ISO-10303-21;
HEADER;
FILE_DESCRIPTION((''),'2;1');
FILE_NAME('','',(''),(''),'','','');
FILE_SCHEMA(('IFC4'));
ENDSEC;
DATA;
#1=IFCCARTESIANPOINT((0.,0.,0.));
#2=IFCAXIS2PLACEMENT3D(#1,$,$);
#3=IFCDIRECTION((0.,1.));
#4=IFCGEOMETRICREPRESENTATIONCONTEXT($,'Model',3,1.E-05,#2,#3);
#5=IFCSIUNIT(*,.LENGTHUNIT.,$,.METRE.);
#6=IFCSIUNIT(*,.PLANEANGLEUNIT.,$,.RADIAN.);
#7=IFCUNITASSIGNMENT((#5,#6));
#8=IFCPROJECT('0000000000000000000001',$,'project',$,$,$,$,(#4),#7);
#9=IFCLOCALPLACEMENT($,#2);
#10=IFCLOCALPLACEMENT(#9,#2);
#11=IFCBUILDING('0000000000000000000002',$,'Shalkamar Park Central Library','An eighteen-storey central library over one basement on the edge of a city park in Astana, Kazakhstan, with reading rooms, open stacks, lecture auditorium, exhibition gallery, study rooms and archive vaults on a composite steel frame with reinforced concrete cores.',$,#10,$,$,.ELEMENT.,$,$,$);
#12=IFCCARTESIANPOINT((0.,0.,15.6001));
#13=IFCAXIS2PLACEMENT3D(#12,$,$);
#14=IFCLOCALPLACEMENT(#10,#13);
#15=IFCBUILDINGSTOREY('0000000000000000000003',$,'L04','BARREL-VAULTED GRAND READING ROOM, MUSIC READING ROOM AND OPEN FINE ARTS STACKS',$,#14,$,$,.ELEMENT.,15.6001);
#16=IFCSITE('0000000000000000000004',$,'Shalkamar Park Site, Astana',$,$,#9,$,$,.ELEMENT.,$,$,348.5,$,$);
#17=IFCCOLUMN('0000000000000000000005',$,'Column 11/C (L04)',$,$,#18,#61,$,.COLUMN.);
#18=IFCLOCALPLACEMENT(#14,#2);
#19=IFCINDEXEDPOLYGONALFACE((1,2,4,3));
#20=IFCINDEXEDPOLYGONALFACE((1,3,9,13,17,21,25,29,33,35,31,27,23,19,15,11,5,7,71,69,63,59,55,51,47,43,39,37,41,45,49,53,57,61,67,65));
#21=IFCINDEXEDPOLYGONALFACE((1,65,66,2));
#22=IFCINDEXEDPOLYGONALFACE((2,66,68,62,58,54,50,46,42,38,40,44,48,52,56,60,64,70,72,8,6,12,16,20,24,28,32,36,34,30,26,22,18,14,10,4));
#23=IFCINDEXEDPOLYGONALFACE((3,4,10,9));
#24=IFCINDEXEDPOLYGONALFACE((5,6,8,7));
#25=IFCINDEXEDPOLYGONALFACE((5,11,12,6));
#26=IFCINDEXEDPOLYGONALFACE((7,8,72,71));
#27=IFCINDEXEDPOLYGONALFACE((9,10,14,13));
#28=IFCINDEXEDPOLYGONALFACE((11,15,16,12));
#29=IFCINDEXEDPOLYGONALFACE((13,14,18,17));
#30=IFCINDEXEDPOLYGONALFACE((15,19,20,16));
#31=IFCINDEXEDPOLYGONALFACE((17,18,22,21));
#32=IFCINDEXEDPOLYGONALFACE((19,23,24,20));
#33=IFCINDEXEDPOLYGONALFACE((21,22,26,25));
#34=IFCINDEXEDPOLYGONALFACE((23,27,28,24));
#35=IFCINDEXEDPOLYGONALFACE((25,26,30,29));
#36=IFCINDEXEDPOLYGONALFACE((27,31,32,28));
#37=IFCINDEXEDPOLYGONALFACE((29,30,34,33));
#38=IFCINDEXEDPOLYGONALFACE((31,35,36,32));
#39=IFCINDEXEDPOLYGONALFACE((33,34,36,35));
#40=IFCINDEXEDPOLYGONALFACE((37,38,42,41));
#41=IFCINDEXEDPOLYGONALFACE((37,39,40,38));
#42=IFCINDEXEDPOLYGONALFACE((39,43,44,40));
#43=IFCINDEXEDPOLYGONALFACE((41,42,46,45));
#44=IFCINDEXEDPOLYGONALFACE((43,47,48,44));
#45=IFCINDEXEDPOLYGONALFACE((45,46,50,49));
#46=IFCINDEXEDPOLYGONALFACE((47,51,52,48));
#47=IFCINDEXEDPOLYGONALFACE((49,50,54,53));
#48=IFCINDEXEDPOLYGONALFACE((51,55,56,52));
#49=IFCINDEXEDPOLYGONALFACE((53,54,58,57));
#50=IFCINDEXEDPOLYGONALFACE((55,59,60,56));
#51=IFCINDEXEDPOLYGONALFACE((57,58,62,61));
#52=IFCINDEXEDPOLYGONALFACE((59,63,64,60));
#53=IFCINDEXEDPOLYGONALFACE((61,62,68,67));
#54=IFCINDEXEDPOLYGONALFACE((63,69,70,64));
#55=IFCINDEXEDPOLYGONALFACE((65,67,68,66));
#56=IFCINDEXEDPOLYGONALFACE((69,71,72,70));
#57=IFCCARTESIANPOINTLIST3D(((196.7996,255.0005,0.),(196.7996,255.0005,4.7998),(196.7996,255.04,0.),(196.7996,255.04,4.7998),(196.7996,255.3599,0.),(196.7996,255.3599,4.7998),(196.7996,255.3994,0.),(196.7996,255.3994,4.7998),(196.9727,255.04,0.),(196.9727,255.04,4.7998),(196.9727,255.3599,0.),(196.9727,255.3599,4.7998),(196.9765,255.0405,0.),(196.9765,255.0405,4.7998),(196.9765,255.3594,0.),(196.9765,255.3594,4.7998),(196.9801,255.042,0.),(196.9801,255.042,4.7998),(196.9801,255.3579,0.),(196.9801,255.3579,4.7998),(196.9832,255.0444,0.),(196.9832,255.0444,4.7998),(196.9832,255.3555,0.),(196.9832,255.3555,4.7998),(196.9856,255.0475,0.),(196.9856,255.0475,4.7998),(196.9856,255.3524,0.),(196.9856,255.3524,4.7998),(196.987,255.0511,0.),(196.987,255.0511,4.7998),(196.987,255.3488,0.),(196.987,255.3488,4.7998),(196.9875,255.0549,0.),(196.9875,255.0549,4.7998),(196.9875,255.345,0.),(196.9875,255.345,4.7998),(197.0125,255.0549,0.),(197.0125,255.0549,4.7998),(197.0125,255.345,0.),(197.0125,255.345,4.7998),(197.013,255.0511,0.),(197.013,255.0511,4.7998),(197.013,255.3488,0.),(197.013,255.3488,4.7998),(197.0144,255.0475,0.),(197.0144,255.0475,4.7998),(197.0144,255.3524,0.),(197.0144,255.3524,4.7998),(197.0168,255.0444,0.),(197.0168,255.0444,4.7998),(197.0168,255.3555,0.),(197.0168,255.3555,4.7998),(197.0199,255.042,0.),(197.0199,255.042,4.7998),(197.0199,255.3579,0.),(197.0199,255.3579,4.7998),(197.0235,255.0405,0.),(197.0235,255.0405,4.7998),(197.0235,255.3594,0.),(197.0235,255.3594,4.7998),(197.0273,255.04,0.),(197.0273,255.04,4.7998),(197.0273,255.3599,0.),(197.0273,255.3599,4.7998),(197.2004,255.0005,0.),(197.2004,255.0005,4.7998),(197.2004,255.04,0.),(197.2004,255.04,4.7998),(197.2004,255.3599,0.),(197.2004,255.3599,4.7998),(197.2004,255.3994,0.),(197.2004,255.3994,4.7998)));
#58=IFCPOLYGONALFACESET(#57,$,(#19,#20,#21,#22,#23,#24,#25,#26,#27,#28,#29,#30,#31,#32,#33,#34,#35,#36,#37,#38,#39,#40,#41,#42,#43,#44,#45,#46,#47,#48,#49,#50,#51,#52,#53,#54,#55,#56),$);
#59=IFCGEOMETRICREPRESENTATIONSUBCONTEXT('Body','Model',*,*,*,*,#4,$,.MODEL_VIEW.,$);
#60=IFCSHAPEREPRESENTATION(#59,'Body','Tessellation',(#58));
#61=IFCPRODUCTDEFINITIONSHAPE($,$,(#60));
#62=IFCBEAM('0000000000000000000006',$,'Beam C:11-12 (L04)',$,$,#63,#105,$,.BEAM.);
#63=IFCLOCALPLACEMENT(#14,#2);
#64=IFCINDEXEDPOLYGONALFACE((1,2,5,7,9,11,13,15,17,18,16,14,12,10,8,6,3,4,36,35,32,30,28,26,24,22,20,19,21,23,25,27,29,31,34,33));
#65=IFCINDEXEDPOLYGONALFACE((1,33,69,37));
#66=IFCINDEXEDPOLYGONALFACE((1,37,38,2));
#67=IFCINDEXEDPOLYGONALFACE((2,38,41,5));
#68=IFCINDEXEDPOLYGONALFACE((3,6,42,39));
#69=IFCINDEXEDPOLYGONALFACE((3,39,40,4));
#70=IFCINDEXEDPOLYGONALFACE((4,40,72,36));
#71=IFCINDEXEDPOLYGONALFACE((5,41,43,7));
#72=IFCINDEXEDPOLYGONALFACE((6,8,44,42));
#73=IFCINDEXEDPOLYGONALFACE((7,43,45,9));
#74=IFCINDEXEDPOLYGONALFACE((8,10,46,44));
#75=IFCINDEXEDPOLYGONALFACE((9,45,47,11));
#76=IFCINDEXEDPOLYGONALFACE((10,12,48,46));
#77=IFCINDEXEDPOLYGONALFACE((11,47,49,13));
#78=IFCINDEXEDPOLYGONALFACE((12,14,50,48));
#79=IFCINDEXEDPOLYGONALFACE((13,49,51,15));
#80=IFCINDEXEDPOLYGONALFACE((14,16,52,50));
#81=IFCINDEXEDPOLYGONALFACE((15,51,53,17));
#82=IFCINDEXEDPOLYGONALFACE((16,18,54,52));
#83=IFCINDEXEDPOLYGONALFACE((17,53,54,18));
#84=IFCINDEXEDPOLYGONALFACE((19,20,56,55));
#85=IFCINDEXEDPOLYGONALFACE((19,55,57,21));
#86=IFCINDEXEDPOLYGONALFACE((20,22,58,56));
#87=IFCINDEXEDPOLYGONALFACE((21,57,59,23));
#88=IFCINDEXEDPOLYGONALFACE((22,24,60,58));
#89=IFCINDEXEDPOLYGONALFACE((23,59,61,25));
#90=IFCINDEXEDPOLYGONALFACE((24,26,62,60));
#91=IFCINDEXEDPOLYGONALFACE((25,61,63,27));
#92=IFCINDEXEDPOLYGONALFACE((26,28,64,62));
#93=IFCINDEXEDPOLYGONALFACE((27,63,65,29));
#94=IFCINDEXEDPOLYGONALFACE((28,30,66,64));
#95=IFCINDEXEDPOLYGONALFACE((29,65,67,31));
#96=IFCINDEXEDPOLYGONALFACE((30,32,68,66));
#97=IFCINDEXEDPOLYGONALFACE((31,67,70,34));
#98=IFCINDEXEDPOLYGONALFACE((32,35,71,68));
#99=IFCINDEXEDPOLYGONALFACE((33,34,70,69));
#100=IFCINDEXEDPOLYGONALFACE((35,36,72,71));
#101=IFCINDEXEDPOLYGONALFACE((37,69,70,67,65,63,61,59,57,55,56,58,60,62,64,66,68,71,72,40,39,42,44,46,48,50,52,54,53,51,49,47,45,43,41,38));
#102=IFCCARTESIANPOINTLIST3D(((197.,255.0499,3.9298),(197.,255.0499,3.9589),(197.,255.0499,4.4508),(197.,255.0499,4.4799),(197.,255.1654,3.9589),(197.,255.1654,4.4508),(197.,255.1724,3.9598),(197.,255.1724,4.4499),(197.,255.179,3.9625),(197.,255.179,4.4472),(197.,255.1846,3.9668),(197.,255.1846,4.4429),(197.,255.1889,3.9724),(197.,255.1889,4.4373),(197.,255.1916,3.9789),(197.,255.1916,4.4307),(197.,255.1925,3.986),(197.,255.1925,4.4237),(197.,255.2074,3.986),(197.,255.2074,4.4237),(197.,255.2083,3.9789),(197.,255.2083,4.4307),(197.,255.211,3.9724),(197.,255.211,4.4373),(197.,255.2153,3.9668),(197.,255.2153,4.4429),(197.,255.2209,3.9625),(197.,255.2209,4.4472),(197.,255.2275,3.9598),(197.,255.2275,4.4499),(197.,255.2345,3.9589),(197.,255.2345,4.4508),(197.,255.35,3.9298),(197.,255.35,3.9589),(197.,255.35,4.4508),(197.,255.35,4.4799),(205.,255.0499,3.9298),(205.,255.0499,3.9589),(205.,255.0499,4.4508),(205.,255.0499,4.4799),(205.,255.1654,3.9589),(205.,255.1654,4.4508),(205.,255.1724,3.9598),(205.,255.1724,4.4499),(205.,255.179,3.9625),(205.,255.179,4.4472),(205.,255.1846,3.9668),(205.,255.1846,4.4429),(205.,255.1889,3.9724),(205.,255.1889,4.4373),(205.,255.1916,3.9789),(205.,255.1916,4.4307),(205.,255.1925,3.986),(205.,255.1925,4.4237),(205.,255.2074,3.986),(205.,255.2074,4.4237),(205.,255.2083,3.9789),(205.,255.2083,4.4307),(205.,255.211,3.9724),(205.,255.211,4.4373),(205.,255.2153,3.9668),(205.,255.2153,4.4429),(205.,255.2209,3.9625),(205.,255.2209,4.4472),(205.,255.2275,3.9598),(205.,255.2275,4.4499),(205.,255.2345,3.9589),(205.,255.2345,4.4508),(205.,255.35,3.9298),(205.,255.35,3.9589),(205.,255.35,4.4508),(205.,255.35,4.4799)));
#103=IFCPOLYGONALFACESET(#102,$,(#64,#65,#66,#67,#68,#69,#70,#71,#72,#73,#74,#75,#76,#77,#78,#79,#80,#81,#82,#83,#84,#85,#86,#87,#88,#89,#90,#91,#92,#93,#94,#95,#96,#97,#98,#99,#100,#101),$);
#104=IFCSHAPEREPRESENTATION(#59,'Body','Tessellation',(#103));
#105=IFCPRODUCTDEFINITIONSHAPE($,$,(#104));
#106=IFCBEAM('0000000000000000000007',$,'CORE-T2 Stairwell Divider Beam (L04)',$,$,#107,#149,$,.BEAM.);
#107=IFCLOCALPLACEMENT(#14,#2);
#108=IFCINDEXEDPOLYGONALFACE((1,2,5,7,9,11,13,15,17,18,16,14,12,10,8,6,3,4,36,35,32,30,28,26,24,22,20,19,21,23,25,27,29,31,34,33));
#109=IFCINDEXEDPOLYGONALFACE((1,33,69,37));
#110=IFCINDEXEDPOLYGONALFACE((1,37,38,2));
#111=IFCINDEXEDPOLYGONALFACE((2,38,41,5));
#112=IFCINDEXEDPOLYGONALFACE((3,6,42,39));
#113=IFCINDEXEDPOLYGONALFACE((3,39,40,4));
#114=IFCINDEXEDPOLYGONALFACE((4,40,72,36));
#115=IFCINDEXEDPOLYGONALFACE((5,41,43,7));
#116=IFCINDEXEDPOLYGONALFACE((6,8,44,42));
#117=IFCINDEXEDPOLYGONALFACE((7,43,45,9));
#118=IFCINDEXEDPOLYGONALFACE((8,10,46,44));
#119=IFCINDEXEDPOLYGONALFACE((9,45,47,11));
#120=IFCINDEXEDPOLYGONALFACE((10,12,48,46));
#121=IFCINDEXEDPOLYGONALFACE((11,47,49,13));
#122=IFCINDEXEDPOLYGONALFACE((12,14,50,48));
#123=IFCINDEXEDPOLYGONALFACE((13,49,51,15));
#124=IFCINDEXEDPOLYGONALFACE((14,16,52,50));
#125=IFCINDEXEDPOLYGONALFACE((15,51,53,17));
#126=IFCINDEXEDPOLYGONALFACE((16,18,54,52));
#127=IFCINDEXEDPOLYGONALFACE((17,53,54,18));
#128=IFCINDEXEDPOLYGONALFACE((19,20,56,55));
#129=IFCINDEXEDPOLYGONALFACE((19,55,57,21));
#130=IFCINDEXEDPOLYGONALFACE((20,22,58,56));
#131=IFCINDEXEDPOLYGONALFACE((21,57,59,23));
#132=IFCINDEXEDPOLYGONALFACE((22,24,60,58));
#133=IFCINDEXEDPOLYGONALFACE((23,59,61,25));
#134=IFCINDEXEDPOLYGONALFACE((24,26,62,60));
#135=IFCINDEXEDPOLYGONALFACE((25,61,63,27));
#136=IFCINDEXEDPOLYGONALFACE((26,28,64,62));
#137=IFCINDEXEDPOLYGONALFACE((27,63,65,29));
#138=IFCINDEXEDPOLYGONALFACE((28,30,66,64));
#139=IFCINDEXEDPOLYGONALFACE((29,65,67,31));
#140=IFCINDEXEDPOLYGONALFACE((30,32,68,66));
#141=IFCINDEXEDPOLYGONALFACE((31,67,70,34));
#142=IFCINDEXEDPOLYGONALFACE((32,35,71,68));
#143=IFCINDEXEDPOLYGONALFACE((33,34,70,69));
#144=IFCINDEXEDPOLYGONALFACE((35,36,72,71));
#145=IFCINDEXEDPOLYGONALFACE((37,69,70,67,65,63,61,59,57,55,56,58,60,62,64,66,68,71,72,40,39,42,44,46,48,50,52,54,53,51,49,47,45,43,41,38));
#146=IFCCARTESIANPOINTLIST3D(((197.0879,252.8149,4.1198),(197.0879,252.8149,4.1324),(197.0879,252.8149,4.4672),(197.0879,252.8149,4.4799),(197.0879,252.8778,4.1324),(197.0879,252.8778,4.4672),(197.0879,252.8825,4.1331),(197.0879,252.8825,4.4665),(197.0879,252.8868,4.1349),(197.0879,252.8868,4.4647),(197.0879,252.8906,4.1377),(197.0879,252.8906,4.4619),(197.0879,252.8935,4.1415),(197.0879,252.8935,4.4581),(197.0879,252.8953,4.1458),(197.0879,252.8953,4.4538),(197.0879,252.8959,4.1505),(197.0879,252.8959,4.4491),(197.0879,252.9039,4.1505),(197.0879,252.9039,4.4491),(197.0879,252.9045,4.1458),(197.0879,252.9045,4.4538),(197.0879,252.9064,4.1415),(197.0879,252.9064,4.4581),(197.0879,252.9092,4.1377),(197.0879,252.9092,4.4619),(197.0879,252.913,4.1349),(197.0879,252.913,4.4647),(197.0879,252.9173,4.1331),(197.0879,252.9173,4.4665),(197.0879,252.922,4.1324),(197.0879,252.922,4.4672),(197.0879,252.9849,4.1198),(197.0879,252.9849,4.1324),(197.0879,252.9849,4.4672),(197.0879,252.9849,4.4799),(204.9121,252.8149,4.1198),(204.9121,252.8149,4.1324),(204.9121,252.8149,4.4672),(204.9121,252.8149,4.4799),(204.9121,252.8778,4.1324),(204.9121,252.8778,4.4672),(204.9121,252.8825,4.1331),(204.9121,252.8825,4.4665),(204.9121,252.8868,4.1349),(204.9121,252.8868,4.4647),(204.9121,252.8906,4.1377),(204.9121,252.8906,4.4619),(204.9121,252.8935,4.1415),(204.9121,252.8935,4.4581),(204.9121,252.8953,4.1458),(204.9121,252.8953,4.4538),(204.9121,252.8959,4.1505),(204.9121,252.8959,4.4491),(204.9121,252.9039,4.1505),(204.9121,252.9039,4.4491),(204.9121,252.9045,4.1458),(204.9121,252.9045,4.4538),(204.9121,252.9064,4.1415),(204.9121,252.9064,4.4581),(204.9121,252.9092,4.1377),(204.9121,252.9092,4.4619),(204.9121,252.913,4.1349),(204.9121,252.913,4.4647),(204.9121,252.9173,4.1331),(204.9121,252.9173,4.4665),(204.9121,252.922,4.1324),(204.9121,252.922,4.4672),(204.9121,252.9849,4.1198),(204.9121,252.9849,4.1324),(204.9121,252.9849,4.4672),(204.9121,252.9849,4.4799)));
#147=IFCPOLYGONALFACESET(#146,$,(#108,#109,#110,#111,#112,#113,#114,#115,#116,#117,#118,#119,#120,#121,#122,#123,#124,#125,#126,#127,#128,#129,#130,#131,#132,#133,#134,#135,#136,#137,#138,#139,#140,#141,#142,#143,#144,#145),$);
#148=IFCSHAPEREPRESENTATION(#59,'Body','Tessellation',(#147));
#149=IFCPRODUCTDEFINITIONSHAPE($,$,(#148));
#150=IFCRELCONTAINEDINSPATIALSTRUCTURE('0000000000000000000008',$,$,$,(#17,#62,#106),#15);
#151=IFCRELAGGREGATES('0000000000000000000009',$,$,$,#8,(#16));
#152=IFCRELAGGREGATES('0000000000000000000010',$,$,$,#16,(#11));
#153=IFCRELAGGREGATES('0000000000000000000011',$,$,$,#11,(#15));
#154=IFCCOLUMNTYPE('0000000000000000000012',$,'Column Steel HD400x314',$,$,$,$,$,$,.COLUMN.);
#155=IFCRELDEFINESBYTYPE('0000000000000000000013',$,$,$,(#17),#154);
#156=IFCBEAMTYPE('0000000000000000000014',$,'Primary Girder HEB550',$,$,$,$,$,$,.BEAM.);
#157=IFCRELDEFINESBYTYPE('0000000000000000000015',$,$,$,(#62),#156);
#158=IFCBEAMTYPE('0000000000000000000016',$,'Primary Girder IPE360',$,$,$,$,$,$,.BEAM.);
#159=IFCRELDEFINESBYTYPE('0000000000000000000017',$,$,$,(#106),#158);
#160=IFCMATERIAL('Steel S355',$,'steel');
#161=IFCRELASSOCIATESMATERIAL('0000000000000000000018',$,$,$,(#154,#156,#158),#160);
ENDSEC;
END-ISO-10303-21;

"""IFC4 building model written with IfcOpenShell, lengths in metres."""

from ifc_helpers import new_model, si_unit, direction, frame, origin, origin_2d, place, context, subcontext, project, spatial, i_section, extrude, material, material_profile, profile_set, type_object, element, save


model = new_model("IFC4")

# Units and contexts
model_context = context("Model", 3, precision=1e-05, world=origin(), true_north=direction((0.0, 1.0)))
body_context = subcontext(model_context, "Body", "Model", "MODEL_VIEW")
ifc_project = project(units=[si_unit("LENGTHUNIT", "METRE"), si_unit("PLANEANGLEUNIT", "RADIAN")], contexts=[model_context])

# Site, building, storey
site_placement = place(None, origin())
site = spatial("IfcSite", under=ifc_project, at=site_placement, Name="Shalkamar Park Site, Astana", CompositionType="ELEMENT", RefElevation=348.5)
building_placement = place(site_placement, origin())
building = spatial("IfcBuilding", under=site, at=building_placement, Name="Shalkamar Park Central Library", Description="An eighteen-storey central library over one basement on the edge of a city park in Astana, Kazakhstan, with reading rooms, open stacks, lecture auditorium, exhibition gallery, study rooms and archive vaults on a composite steel frame with reinforced concrete cores.", CompositionType="ELEMENT")
storey_placement = place(building_placement, frame((0.0, 0.0, 15.6001)))
storey = spatial("IfcBuildingStorey", under=building, at=storey_placement, Name="L04", Description="BARREL-VAULTED GRAND READING ROOM, MUSIC READING ROOM AND OPEN FINE ARTS STACKS", CompositionType="ELEMENT", Elevation=15.6001)

# Column
ifc_material_1 = material(Name="Steel S355", Category="steel")
ifc_material_profile_1 = material_profile(ifc_material_1, i_section(OverallWidth=0.4009, OverallDepth=0.3989, WebThickness=0.0249, FlangeThickness=0.0396, FilletRadius=0.0149, at=origin_2d()), Name="HD 400x314")
ifc_profile_set_1 = profile_set([ifc_material_profile_1], Name="Steel S355")
column_type = type_object("IfcColumnType", Name="Column Steel HD400x314", PredefinedType="COLUMN", material=ifc_profile_set_1)
column_placement = place(storey_placement, frame((197.0, 255.2, 0.0), z_axis=(0.0, 0.0, 1.0), x_axis=(1.0, 0.0, 0.0)))
element("IfcColumn", 1, at=column_placement, inside=storey, type_object=column_type, Name="Column 11/C (L04)", PredefinedType="COLUMN", context=body_context, shape_type="SweptSolid", body=[
    extrude(i_section(OverallWidth=0.4009, OverallDepth=0.3989, WebThickness=0.0249, FlangeThickness=0.0396, FilletRadius=0.0149, at=origin_2d()), origin(), (0.0, 0.0, 1.0), 4.7998),
])

# Beams
ifc_material_profile_2 = material_profile(ifc_material_1, i_section(OverallWidth=0.3, OverallDepth=0.55, WebThickness=0.0149, FlangeThickness=0.0291, FilletRadius=0.0271, at=origin_2d()), Name="HEB 550")
ifc_profile_set_2 = profile_set([ifc_material_profile_2], Name="Steel S355")
beam_type_1 = type_object("IfcBeamType", Name="Primary Girder HEB550", PredefinedType="BEAM", material=ifc_profile_set_2)
beam_1_placement = place(storey_placement, frame((197.0, 255.2, 4.2048), z_axis=(1.0, 0.0, 0.0), x_axis=(0.0, 1.0, 0.0)))
element("IfcBeam", 2, at=beam_1_placement, inside=storey, type_object=beam_type_1, Name="Beam C:11-12 (L04)", PredefinedType="BEAM", context=body_context, shape_type="SweptSolid", body=[
    extrude(i_section(OverallWidth=0.3, OverallDepth=0.55, WebThickness=0.0149, FlangeThickness=0.0291, FilletRadius=0.0271, at=origin_2d()), origin(), (0.0, 0.0, 1.0), 8.0),
])
ifc_material_profile_3 = material_profile(ifc_material_1, i_section(OverallWidth=0.1699, OverallDepth=0.3601, WebThickness=0.0081, FlangeThickness=0.0127, FilletRadius=0.0181, at=origin_2d()), Name="IPE 360")
ifc_profile_set_3 = profile_set([ifc_material_profile_3], Name="Steel S355")
beam_type_2 = type_object("IfcBeamType", Name="Primary Girder IPE360", PredefinedType="BEAM", material=ifc_profile_set_3)
beam_2_placement = place(storey_placement, frame((197.0879, 252.8999, 4.2998), z_axis=(1.0, 0.0, 0.0), x_axis=(0.0, 1.0, 0.0)))
element("IfcBeam", 3, at=beam_2_placement, inside=storey, type_object=beam_type_2, Name="CORE-T2 Stairwell Divider Beam (L04)", PredefinedType="BEAM", context=body_context, shape_type="SweptSolid", body=[
    extrude(i_section(OverallWidth=0.1699, OverallDepth=0.3601, WebThickness=0.0081, FlangeThickness=0.0127, FilletRadius=0.0181, at=origin_2d()), origin(), (0.0, 0.0, 1.0), 7.8242),
])

save(model, "model.ifc")
